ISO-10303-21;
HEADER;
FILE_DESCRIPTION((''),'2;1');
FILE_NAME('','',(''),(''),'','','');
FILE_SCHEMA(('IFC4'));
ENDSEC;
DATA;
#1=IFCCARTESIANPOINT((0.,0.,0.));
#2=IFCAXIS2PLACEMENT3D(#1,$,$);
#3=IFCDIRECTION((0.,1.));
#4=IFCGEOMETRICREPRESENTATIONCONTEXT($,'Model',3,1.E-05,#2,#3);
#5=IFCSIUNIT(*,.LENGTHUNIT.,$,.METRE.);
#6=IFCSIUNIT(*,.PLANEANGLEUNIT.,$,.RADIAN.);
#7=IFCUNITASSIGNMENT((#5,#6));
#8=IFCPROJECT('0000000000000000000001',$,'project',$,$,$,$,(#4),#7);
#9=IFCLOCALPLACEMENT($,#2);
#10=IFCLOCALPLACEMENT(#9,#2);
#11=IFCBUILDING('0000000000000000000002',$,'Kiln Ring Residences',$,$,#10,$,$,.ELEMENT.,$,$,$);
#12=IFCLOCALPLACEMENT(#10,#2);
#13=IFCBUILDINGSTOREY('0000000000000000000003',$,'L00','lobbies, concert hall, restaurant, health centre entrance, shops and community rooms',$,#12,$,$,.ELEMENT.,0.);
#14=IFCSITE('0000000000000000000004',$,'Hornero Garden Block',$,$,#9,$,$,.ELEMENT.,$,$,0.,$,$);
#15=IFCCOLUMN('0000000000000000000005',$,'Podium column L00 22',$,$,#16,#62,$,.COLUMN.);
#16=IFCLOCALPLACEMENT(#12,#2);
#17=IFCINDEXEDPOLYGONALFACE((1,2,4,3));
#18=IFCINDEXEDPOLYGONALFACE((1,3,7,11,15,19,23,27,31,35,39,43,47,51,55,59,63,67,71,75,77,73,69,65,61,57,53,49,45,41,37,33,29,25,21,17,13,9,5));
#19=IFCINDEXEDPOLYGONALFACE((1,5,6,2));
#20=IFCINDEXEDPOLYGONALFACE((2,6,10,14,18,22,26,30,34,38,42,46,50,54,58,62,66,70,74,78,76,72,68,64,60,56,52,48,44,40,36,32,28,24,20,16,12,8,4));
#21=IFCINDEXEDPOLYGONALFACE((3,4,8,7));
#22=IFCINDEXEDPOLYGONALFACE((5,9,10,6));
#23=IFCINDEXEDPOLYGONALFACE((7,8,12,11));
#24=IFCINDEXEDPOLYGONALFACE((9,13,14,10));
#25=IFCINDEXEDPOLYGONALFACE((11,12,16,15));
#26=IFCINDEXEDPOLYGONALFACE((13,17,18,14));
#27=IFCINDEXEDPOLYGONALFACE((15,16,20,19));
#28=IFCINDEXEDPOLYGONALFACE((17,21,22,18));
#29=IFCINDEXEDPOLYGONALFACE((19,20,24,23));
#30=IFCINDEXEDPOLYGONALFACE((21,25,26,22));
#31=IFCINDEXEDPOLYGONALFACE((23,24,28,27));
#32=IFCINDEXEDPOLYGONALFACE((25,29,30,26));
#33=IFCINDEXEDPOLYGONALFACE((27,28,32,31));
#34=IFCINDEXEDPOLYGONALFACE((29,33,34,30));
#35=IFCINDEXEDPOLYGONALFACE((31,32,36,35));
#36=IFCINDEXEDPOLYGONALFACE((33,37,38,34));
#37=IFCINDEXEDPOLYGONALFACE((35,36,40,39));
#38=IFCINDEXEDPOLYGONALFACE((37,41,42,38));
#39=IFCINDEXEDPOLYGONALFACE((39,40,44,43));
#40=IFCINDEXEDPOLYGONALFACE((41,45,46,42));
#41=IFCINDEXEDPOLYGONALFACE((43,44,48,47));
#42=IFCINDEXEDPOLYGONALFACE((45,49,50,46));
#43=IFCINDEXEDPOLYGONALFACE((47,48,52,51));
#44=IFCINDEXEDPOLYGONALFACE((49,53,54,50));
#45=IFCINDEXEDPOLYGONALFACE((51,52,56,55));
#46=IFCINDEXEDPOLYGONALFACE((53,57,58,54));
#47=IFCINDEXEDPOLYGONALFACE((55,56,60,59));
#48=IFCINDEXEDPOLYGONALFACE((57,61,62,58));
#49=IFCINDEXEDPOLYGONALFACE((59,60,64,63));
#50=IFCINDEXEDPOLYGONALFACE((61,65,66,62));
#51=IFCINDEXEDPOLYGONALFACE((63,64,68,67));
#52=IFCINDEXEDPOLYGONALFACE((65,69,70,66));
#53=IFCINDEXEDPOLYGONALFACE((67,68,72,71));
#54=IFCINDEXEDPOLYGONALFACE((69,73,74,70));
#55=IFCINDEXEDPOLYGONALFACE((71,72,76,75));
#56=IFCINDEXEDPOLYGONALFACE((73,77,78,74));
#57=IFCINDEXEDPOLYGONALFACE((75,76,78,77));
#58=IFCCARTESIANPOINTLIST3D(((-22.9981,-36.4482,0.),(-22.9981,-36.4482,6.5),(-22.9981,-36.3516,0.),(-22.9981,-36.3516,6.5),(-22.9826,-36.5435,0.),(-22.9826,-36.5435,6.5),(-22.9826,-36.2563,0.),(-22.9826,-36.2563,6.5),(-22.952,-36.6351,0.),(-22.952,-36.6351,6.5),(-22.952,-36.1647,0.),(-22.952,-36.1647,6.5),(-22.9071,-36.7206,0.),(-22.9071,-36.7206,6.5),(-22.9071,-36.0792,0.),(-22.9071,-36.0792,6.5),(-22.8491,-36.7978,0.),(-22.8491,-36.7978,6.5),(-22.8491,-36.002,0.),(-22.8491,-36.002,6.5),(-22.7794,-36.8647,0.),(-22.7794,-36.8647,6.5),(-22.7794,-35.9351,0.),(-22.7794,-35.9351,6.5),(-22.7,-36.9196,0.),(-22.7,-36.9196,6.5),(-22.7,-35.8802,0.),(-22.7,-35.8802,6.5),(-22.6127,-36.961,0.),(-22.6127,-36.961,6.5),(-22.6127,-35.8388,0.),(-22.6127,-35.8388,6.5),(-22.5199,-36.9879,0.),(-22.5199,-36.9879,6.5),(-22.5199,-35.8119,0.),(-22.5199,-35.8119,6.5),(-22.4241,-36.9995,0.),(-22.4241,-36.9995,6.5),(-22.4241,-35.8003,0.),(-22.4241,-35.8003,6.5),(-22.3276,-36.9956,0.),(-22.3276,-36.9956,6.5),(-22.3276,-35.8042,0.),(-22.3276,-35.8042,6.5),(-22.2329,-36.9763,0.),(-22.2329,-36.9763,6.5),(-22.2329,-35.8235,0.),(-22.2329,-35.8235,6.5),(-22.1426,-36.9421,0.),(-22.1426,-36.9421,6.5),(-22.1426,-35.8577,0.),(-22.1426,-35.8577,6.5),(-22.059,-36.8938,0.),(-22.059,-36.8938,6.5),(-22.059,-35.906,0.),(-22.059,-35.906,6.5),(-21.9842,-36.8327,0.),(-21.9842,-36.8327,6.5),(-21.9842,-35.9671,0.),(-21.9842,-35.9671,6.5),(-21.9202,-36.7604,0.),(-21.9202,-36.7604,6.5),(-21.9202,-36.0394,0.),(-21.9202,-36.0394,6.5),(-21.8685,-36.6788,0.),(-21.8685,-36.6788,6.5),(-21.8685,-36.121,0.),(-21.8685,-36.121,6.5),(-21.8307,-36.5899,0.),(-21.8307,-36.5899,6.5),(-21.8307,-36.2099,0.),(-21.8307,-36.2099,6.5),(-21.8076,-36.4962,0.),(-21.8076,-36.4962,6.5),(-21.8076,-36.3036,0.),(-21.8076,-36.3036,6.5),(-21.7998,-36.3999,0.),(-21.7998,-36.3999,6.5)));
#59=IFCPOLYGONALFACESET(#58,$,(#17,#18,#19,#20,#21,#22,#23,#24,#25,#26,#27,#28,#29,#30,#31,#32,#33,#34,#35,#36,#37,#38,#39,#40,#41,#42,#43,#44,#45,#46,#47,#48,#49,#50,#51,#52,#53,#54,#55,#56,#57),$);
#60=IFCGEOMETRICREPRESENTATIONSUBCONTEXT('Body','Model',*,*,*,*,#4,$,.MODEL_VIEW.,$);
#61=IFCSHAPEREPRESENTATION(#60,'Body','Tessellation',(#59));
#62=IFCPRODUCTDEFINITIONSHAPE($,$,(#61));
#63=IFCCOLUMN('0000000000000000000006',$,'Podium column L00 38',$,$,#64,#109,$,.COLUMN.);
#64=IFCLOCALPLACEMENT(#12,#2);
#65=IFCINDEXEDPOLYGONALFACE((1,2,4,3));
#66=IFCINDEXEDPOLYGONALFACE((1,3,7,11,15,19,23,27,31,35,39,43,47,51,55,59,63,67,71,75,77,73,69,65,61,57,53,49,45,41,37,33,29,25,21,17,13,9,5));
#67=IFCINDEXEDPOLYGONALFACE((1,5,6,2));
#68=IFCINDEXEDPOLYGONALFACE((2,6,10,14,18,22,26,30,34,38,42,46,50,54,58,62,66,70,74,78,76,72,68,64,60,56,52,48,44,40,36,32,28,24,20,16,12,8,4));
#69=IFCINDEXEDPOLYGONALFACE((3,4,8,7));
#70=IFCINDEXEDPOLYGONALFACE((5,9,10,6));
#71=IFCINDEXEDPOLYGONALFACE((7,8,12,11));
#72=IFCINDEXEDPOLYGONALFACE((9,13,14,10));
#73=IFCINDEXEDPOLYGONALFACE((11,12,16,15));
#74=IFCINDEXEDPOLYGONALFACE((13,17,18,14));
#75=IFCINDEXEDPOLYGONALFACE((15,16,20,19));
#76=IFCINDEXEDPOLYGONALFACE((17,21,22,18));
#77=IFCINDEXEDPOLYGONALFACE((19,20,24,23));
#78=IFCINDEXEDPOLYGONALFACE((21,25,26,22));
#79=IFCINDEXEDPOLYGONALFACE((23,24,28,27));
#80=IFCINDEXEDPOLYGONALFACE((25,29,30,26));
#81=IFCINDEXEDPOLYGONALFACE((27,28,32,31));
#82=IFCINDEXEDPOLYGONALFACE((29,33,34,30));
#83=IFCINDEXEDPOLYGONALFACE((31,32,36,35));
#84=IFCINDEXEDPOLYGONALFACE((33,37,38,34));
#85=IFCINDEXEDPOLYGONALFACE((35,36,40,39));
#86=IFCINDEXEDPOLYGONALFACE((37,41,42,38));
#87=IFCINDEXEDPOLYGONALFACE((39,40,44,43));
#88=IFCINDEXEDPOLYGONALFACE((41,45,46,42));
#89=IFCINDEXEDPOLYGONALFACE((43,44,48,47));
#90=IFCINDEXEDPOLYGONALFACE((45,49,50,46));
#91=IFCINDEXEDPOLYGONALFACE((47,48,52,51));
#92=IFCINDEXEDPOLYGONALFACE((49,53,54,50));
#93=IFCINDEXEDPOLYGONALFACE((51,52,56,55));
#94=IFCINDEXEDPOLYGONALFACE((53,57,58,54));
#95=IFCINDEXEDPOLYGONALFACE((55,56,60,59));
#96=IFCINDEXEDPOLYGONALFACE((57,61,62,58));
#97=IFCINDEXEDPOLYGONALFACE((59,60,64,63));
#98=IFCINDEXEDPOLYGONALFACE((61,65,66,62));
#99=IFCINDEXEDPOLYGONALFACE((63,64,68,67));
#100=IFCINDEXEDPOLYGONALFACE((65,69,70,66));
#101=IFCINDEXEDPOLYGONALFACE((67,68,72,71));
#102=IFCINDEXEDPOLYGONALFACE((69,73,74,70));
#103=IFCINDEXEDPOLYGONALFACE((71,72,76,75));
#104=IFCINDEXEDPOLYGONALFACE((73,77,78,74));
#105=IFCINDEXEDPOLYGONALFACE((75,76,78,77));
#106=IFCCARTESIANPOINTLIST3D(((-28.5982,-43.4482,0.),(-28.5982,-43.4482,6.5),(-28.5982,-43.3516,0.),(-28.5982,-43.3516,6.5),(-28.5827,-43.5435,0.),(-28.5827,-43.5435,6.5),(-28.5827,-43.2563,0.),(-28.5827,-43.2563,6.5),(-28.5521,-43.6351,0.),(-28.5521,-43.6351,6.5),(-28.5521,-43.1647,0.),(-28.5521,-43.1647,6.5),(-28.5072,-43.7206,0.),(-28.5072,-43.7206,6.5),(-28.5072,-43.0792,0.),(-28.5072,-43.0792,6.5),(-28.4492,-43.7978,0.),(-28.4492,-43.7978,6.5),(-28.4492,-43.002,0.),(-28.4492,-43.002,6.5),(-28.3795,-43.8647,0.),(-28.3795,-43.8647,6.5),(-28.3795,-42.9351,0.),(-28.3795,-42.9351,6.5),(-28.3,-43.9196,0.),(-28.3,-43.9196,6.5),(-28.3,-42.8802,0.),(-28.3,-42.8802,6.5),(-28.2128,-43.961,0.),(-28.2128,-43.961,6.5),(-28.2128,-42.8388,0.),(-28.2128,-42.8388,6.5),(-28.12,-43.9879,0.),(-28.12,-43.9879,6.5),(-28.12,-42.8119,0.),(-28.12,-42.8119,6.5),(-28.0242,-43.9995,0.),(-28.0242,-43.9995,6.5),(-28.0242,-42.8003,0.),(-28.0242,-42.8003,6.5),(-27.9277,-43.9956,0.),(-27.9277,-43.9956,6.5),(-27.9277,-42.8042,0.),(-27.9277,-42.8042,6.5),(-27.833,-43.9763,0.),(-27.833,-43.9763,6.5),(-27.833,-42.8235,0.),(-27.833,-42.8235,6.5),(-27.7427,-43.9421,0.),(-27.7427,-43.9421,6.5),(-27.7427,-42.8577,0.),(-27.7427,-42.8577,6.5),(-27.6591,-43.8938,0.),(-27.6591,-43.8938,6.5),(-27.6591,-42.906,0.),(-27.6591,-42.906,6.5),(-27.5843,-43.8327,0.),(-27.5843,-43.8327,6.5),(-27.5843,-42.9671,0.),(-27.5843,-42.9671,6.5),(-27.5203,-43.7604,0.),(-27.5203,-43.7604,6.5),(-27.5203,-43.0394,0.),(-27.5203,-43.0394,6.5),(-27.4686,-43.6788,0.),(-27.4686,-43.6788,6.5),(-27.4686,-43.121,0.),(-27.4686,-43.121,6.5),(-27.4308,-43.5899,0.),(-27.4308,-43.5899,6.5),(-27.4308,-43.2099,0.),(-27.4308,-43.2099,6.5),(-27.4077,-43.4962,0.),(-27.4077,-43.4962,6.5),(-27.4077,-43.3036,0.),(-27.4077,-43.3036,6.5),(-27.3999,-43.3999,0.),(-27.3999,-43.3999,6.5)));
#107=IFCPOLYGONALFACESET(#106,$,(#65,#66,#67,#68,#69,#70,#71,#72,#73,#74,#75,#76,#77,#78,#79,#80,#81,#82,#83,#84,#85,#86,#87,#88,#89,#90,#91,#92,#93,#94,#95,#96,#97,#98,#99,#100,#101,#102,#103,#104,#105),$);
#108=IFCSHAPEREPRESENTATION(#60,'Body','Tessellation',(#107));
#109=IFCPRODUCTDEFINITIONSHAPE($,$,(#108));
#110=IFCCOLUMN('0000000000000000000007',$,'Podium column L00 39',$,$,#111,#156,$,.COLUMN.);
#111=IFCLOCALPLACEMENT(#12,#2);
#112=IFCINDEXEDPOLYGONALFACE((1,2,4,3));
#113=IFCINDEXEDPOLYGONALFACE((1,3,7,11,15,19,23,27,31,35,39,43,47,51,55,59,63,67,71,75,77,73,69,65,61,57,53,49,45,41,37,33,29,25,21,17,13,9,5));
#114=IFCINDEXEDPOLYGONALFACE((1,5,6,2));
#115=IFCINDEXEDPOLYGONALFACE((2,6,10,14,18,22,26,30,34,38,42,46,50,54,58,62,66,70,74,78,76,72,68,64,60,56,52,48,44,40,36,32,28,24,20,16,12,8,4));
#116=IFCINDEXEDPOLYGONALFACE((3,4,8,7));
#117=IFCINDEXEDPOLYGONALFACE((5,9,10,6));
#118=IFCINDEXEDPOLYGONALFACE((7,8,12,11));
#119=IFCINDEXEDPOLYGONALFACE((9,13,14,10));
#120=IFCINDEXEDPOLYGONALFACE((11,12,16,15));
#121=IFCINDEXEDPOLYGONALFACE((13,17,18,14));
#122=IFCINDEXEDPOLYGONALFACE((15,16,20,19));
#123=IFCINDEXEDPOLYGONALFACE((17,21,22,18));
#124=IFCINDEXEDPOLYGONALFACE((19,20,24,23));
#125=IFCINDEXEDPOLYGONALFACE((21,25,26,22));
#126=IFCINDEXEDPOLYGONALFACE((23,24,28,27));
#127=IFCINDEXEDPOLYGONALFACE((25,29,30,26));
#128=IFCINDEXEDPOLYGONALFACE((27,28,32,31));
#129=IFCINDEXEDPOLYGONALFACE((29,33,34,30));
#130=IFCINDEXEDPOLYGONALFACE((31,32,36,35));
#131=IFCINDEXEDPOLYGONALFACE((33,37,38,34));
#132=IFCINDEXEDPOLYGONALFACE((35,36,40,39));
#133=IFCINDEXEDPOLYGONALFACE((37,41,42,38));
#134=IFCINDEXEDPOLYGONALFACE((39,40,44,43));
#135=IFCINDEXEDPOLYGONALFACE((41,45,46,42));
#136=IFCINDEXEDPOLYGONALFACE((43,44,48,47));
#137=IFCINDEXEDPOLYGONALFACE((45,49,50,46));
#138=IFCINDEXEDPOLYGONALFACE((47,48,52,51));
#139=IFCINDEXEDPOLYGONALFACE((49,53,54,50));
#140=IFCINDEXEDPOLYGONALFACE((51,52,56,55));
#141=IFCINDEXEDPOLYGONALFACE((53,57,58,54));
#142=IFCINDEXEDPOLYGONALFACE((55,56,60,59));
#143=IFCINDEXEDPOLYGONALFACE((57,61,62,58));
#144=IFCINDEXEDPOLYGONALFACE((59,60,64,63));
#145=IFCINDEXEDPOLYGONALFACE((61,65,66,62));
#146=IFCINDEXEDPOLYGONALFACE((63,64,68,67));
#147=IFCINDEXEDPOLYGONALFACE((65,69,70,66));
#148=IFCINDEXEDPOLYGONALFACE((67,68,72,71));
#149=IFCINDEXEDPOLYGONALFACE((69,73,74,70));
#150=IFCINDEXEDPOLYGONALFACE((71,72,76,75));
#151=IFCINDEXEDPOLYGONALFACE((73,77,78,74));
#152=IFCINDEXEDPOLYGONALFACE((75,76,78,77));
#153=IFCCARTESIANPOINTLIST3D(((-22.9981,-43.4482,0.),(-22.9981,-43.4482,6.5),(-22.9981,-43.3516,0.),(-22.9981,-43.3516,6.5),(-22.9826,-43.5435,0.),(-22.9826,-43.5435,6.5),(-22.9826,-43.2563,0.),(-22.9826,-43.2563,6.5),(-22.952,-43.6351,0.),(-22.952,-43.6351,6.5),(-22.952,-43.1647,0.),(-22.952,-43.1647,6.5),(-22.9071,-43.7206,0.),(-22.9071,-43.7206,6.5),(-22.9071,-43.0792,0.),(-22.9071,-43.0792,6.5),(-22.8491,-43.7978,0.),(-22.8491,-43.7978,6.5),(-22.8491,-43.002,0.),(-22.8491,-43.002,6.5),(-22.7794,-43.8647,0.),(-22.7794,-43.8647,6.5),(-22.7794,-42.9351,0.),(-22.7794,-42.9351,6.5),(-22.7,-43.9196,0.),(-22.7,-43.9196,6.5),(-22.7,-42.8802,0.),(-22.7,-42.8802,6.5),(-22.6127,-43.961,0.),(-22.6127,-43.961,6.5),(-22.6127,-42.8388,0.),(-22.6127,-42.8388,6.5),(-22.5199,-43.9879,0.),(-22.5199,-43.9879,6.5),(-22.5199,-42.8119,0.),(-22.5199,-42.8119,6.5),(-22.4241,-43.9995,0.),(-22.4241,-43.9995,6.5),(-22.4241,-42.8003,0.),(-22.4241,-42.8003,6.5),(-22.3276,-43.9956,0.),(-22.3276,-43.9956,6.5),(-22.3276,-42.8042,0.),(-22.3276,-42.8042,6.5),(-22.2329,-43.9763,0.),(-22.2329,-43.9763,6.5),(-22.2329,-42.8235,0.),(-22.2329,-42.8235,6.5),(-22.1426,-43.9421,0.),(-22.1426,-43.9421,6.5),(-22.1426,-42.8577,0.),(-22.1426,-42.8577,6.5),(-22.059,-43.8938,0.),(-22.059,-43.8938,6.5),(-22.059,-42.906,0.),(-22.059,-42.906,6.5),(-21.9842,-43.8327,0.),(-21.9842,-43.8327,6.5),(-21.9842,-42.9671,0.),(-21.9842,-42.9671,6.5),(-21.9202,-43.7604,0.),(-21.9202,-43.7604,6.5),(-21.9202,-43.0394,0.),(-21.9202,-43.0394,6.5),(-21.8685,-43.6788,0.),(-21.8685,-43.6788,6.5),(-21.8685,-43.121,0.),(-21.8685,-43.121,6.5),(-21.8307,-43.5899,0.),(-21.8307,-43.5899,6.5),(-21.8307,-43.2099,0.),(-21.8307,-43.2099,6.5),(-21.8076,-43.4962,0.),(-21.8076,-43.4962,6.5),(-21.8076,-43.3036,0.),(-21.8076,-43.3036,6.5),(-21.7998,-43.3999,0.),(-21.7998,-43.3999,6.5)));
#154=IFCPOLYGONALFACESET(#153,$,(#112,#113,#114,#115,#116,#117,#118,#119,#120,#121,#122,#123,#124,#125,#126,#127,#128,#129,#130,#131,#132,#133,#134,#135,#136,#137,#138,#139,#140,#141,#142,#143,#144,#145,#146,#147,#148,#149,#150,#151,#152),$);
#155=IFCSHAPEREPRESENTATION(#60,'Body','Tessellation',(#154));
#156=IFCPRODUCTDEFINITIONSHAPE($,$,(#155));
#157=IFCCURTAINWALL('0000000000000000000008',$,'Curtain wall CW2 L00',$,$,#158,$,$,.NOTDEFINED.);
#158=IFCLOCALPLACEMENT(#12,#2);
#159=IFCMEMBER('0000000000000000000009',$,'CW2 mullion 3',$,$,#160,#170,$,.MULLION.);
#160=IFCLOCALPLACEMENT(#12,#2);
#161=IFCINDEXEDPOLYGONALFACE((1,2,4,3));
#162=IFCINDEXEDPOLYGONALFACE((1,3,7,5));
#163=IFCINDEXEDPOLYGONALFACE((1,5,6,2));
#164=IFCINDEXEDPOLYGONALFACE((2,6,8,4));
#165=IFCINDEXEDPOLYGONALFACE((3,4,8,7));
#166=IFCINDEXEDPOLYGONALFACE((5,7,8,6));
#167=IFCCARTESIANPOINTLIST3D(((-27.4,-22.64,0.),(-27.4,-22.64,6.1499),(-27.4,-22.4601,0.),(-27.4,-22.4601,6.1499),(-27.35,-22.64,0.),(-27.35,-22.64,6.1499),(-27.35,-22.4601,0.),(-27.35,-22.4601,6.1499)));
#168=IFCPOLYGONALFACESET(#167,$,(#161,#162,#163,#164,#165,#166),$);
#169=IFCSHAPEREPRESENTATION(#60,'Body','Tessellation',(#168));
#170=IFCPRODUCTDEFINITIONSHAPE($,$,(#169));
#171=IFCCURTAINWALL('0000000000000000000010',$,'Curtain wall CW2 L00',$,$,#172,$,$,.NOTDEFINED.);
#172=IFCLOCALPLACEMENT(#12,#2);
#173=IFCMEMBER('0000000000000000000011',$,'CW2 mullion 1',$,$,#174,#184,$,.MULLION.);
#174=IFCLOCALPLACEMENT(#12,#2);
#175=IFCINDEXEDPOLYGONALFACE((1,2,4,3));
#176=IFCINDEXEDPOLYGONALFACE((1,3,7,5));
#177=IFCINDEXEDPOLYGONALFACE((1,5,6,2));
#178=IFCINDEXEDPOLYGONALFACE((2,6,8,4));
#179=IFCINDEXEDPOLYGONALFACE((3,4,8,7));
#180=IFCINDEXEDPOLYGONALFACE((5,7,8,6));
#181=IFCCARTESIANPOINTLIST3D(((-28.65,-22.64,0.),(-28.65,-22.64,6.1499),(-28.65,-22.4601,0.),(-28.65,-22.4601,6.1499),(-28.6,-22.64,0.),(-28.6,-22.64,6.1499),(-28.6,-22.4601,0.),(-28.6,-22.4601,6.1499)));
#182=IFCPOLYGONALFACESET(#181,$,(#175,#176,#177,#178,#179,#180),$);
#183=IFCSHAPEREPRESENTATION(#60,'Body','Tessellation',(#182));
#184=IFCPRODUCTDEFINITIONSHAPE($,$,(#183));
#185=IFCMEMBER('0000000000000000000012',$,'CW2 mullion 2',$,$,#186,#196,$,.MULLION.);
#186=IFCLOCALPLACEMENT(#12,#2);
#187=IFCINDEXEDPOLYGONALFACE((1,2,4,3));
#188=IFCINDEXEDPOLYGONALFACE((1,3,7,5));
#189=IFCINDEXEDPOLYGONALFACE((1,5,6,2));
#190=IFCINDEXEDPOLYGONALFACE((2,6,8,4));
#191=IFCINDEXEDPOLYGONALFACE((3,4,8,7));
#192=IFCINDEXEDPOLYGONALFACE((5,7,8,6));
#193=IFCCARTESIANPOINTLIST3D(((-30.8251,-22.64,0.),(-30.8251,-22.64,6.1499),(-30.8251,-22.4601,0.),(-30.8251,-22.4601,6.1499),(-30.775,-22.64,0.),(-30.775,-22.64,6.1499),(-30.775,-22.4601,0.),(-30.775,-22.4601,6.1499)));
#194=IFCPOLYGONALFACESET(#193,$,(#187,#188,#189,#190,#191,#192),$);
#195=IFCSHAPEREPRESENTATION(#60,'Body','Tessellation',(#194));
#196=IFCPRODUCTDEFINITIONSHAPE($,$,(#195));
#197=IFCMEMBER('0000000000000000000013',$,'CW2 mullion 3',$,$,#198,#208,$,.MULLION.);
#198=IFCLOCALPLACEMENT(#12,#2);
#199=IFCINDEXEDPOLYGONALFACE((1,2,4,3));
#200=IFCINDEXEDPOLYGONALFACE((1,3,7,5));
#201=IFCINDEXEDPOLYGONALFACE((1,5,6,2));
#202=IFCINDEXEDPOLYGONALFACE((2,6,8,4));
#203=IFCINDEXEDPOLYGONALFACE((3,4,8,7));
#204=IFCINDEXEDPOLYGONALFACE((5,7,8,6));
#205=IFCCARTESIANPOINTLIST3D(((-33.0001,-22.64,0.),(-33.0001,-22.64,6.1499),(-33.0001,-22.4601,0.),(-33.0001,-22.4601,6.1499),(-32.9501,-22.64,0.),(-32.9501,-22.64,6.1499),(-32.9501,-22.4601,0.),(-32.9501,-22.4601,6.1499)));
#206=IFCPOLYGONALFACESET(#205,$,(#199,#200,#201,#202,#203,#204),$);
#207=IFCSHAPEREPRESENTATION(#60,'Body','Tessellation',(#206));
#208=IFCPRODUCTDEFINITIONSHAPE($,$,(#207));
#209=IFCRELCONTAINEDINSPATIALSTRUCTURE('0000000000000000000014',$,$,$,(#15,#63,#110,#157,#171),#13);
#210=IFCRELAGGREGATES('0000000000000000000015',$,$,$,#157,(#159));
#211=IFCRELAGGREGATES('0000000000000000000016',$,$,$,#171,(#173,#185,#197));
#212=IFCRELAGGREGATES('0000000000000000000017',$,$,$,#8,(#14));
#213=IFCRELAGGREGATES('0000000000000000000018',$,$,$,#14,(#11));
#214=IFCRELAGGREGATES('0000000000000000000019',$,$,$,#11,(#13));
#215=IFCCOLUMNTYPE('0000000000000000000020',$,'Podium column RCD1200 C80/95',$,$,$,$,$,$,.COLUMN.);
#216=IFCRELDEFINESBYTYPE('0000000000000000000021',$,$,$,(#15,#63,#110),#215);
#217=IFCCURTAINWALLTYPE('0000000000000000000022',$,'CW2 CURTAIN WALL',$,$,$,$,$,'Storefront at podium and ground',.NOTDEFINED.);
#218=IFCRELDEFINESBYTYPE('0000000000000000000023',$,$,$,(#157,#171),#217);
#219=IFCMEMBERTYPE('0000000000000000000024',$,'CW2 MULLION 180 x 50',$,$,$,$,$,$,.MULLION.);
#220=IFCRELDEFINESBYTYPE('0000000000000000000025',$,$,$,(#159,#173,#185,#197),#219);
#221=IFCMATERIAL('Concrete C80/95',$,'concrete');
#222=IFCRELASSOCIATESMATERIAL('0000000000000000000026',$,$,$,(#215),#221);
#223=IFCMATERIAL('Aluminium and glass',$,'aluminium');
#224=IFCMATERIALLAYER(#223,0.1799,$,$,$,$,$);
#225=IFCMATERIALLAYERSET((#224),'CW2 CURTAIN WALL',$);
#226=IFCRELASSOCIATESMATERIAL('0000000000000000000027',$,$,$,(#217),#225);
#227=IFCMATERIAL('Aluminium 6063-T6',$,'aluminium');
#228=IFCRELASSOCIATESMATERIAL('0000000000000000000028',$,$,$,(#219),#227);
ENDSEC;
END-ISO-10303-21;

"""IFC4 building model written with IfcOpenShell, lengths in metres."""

from ifc_helpers import new_model, si_unit, direction, frame, origin, origin_2d, place, context, subcontext, project, spatial, rectangle, circle, extrude, material, layer, layer_set, material_profile, profile_set, type_object, element, aggregate, save


model = new_model("IFC4")

# Units and contexts
model_context = context("Model", 3, precision=1e-05, world=origin(), true_north=direction((0.0, 1.0)))
body_context = subcontext(model_context, "Body", "Model", "MODEL_VIEW")
ifc_project = project(units=[si_unit("LENGTHUNIT", "METRE"), si_unit("PLANEANGLEUNIT", "RADIAN")], contexts=[model_context])

# Site, building, storey
site_placement = place(None, origin())
site = spatial("IfcSite", under=ifc_project, at=site_placement, Name="Hornero Garden Block", CompositionType="ELEMENT", RefElevation=0.0)
building_placement = place(site_placement, origin())
building = spatial("IfcBuilding", under=site, at=building_placement, Name="Kiln Ring Residences", CompositionType="ELEMENT")
storey_placement = place(building_placement, origin())
storey = spatial("IfcBuildingStorey", under=building, at=storey_placement, Name="L00", Description="lobbies, concert hall, restaurant, health centre entrance, shops and community rooms", CompositionType="ELEMENT", Elevation=0.0)

# Columns
ifc_material_1 = material(Name="Concrete C80/95", Category="concrete")
ifc_material_profile_1 = material_profile(ifc_material_1, circle(Radius=0.6001, at=origin_2d()), Name="RCD1200")
ifc_profile_set_1 = profile_set([ifc_material_profile_1], Name="Concrete C80/95")
column_type = type_object("IfcColumnType", Name="Podium column RCD1200 C80/95", PredefinedType="COLUMN", material=ifc_profile_set_1)
for number, where, z_axis, x_axis, name in (
    (1, (-22.3999, -36.3999, 0.0), (0.0, 0.0, 1.0), (1.0, 0.0, 0.0), "Podium column L00 22"),
    (2, (-28.0, -43.3999, 0.0), (0.0, 0.0, 1.0), (1.0, 0.0, 0.0), "Podium column L00 38"),
    (3, (-22.3999, -43.3999, 0.0), (0.0, 0.0, 1.0), (1.0, 0.0, 0.0), "Podium column L00 39"),
):
    element("IfcColumn", number, at=place(storey_placement, frame(where, z_axis=z_axis, x_axis=x_axis)), inside=storey, type_object=column_type, Name=name, PredefinedType="COLUMN", context=body_context, shape_type="SweptSolid", body=[
        extrude(circle(Radius=0.6001, at=origin_2d()), origin(), (0.0, 0.0, 1.0), 6.5),
    ])

# Curtain wall, member
ifc_material_2 = material(Name="Aluminium and glass", Category="aluminium")
ifc_layer_1 = layer(ifc_material_2, 0.1799)
ifc_layer_set_1 = layer_set([ifc_layer_1], Name="CW2 CURTAIN WALL")
curtain_wall_type = type_object("IfcCurtainWallType", Name="CW2 CURTAIN WALL", ElementType="Storefront at podium and ground", PredefinedType="NOTDEFINED", material=ifc_layer_set_1)
placement = place(storey_placement, origin())
curtain_wall_1 = element("IfcCurtainWall", 4, at=placement, inside=storey, type_object=curtain_wall_type, Name="Curtain wall CW2 L00", PredefinedType="NOTDEFINED")
ifc_material_3 = material(Name="Aluminium 6063-T6", Category="aluminium")
ifc_material_profile_2 = material_profile(ifc_material_3, rectangle(XDim=0.1799, YDim=0.05, at=origin_2d()), Name="AL 180x50")
ifc_profile_set_2 = profile_set([ifc_material_profile_2], Name="Aluminium 6063-T6")
member_type_1 = type_object("IfcMemberType", Name="CW2 MULLION 180 x 50", PredefinedType="MULLION", material=ifc_profile_set_2)
member_1_placement = place(storey_placement, frame((-27.375, -22.55, 0.0), z_axis=(0.0, 0.0, 1.0), x_axis=(0.0, -1.0, 0.0)))
member_1 = element("IfcMember", 5, at=member_1_placement, type_object=member_type_1, Name="CW2 mullion 3", PredefinedType="MULLION", context=body_context, shape_type="SweptSolid", body=[
    extrude(rectangle(XDim=0.1799, YDim=0.05, at=origin_2d()), origin(), (0.0, 0.0, 1.0), 6.1499),
])

# Curtain wall, members
curtain_wall_2 = element("IfcCurtainWall", 6, at=placement, inside=storey, type_object=curtain_wall_type, Name="Curtain wall CW2 L00", PredefinedType="NOTDEFINED")
member_2_placement = place(storey_placement, frame((-28.625, -22.55, 0.0), z_axis=(0.0, 0.0, 1.0), x_axis=(0.0, -1.0, 0.0)))
member_2 = element("IfcMember", 7, at=member_2_placement, type_object=member_type_1, Name="CW2 mullion 1", PredefinedType="MULLION", context=body_context, shape_type="SweptSolid", body=[
    extrude(rectangle(XDim=0.1799, YDim=0.05, at=origin_2d()), origin(), (0.0, 0.0, 1.0), 6.1499),
])
member_3_placement = place(storey_placement, frame((-30.8, -22.55, 0.0), z_axis=(0.0, 0.0, 1.0), x_axis=(0.0, -1.0, 0.0)))
member_3 = element("IfcMember", 8, at=member_3_placement, type_object=member_type_1, Name="CW2 mullion 2", PredefinedType="MULLION", context=body_context, shape_type="SweptSolid", body=[
    extrude(rectangle(XDim=0.1799, YDim=0.05, at=origin_2d()), origin(), (0.0, 0.0, 1.0), 6.1499),
])
member_4_placement = place(storey_placement, frame((-32.9751, -22.55, 0.0), z_axis=(0.0, 0.0, 1.0), x_axis=(0.0, -1.0, 0.0)))
member_4 = element("IfcMember", 9, at=member_4_placement, type_object=member_type_1, Name="CW2 mullion 3", PredefinedType="MULLION", context=body_context, shape_type="SweptSolid", body=[
    extrude(rectangle(XDim=0.1799, YDim=0.05, at=origin_2d()), origin(), (0.0, 0.0, 1.0), 6.1499),
])

aggregate(curtain_wall_1, [member_1])
aggregate(curtain_wall_2, [member_2, member_3, member_4])

save(model, "model.ifc")
